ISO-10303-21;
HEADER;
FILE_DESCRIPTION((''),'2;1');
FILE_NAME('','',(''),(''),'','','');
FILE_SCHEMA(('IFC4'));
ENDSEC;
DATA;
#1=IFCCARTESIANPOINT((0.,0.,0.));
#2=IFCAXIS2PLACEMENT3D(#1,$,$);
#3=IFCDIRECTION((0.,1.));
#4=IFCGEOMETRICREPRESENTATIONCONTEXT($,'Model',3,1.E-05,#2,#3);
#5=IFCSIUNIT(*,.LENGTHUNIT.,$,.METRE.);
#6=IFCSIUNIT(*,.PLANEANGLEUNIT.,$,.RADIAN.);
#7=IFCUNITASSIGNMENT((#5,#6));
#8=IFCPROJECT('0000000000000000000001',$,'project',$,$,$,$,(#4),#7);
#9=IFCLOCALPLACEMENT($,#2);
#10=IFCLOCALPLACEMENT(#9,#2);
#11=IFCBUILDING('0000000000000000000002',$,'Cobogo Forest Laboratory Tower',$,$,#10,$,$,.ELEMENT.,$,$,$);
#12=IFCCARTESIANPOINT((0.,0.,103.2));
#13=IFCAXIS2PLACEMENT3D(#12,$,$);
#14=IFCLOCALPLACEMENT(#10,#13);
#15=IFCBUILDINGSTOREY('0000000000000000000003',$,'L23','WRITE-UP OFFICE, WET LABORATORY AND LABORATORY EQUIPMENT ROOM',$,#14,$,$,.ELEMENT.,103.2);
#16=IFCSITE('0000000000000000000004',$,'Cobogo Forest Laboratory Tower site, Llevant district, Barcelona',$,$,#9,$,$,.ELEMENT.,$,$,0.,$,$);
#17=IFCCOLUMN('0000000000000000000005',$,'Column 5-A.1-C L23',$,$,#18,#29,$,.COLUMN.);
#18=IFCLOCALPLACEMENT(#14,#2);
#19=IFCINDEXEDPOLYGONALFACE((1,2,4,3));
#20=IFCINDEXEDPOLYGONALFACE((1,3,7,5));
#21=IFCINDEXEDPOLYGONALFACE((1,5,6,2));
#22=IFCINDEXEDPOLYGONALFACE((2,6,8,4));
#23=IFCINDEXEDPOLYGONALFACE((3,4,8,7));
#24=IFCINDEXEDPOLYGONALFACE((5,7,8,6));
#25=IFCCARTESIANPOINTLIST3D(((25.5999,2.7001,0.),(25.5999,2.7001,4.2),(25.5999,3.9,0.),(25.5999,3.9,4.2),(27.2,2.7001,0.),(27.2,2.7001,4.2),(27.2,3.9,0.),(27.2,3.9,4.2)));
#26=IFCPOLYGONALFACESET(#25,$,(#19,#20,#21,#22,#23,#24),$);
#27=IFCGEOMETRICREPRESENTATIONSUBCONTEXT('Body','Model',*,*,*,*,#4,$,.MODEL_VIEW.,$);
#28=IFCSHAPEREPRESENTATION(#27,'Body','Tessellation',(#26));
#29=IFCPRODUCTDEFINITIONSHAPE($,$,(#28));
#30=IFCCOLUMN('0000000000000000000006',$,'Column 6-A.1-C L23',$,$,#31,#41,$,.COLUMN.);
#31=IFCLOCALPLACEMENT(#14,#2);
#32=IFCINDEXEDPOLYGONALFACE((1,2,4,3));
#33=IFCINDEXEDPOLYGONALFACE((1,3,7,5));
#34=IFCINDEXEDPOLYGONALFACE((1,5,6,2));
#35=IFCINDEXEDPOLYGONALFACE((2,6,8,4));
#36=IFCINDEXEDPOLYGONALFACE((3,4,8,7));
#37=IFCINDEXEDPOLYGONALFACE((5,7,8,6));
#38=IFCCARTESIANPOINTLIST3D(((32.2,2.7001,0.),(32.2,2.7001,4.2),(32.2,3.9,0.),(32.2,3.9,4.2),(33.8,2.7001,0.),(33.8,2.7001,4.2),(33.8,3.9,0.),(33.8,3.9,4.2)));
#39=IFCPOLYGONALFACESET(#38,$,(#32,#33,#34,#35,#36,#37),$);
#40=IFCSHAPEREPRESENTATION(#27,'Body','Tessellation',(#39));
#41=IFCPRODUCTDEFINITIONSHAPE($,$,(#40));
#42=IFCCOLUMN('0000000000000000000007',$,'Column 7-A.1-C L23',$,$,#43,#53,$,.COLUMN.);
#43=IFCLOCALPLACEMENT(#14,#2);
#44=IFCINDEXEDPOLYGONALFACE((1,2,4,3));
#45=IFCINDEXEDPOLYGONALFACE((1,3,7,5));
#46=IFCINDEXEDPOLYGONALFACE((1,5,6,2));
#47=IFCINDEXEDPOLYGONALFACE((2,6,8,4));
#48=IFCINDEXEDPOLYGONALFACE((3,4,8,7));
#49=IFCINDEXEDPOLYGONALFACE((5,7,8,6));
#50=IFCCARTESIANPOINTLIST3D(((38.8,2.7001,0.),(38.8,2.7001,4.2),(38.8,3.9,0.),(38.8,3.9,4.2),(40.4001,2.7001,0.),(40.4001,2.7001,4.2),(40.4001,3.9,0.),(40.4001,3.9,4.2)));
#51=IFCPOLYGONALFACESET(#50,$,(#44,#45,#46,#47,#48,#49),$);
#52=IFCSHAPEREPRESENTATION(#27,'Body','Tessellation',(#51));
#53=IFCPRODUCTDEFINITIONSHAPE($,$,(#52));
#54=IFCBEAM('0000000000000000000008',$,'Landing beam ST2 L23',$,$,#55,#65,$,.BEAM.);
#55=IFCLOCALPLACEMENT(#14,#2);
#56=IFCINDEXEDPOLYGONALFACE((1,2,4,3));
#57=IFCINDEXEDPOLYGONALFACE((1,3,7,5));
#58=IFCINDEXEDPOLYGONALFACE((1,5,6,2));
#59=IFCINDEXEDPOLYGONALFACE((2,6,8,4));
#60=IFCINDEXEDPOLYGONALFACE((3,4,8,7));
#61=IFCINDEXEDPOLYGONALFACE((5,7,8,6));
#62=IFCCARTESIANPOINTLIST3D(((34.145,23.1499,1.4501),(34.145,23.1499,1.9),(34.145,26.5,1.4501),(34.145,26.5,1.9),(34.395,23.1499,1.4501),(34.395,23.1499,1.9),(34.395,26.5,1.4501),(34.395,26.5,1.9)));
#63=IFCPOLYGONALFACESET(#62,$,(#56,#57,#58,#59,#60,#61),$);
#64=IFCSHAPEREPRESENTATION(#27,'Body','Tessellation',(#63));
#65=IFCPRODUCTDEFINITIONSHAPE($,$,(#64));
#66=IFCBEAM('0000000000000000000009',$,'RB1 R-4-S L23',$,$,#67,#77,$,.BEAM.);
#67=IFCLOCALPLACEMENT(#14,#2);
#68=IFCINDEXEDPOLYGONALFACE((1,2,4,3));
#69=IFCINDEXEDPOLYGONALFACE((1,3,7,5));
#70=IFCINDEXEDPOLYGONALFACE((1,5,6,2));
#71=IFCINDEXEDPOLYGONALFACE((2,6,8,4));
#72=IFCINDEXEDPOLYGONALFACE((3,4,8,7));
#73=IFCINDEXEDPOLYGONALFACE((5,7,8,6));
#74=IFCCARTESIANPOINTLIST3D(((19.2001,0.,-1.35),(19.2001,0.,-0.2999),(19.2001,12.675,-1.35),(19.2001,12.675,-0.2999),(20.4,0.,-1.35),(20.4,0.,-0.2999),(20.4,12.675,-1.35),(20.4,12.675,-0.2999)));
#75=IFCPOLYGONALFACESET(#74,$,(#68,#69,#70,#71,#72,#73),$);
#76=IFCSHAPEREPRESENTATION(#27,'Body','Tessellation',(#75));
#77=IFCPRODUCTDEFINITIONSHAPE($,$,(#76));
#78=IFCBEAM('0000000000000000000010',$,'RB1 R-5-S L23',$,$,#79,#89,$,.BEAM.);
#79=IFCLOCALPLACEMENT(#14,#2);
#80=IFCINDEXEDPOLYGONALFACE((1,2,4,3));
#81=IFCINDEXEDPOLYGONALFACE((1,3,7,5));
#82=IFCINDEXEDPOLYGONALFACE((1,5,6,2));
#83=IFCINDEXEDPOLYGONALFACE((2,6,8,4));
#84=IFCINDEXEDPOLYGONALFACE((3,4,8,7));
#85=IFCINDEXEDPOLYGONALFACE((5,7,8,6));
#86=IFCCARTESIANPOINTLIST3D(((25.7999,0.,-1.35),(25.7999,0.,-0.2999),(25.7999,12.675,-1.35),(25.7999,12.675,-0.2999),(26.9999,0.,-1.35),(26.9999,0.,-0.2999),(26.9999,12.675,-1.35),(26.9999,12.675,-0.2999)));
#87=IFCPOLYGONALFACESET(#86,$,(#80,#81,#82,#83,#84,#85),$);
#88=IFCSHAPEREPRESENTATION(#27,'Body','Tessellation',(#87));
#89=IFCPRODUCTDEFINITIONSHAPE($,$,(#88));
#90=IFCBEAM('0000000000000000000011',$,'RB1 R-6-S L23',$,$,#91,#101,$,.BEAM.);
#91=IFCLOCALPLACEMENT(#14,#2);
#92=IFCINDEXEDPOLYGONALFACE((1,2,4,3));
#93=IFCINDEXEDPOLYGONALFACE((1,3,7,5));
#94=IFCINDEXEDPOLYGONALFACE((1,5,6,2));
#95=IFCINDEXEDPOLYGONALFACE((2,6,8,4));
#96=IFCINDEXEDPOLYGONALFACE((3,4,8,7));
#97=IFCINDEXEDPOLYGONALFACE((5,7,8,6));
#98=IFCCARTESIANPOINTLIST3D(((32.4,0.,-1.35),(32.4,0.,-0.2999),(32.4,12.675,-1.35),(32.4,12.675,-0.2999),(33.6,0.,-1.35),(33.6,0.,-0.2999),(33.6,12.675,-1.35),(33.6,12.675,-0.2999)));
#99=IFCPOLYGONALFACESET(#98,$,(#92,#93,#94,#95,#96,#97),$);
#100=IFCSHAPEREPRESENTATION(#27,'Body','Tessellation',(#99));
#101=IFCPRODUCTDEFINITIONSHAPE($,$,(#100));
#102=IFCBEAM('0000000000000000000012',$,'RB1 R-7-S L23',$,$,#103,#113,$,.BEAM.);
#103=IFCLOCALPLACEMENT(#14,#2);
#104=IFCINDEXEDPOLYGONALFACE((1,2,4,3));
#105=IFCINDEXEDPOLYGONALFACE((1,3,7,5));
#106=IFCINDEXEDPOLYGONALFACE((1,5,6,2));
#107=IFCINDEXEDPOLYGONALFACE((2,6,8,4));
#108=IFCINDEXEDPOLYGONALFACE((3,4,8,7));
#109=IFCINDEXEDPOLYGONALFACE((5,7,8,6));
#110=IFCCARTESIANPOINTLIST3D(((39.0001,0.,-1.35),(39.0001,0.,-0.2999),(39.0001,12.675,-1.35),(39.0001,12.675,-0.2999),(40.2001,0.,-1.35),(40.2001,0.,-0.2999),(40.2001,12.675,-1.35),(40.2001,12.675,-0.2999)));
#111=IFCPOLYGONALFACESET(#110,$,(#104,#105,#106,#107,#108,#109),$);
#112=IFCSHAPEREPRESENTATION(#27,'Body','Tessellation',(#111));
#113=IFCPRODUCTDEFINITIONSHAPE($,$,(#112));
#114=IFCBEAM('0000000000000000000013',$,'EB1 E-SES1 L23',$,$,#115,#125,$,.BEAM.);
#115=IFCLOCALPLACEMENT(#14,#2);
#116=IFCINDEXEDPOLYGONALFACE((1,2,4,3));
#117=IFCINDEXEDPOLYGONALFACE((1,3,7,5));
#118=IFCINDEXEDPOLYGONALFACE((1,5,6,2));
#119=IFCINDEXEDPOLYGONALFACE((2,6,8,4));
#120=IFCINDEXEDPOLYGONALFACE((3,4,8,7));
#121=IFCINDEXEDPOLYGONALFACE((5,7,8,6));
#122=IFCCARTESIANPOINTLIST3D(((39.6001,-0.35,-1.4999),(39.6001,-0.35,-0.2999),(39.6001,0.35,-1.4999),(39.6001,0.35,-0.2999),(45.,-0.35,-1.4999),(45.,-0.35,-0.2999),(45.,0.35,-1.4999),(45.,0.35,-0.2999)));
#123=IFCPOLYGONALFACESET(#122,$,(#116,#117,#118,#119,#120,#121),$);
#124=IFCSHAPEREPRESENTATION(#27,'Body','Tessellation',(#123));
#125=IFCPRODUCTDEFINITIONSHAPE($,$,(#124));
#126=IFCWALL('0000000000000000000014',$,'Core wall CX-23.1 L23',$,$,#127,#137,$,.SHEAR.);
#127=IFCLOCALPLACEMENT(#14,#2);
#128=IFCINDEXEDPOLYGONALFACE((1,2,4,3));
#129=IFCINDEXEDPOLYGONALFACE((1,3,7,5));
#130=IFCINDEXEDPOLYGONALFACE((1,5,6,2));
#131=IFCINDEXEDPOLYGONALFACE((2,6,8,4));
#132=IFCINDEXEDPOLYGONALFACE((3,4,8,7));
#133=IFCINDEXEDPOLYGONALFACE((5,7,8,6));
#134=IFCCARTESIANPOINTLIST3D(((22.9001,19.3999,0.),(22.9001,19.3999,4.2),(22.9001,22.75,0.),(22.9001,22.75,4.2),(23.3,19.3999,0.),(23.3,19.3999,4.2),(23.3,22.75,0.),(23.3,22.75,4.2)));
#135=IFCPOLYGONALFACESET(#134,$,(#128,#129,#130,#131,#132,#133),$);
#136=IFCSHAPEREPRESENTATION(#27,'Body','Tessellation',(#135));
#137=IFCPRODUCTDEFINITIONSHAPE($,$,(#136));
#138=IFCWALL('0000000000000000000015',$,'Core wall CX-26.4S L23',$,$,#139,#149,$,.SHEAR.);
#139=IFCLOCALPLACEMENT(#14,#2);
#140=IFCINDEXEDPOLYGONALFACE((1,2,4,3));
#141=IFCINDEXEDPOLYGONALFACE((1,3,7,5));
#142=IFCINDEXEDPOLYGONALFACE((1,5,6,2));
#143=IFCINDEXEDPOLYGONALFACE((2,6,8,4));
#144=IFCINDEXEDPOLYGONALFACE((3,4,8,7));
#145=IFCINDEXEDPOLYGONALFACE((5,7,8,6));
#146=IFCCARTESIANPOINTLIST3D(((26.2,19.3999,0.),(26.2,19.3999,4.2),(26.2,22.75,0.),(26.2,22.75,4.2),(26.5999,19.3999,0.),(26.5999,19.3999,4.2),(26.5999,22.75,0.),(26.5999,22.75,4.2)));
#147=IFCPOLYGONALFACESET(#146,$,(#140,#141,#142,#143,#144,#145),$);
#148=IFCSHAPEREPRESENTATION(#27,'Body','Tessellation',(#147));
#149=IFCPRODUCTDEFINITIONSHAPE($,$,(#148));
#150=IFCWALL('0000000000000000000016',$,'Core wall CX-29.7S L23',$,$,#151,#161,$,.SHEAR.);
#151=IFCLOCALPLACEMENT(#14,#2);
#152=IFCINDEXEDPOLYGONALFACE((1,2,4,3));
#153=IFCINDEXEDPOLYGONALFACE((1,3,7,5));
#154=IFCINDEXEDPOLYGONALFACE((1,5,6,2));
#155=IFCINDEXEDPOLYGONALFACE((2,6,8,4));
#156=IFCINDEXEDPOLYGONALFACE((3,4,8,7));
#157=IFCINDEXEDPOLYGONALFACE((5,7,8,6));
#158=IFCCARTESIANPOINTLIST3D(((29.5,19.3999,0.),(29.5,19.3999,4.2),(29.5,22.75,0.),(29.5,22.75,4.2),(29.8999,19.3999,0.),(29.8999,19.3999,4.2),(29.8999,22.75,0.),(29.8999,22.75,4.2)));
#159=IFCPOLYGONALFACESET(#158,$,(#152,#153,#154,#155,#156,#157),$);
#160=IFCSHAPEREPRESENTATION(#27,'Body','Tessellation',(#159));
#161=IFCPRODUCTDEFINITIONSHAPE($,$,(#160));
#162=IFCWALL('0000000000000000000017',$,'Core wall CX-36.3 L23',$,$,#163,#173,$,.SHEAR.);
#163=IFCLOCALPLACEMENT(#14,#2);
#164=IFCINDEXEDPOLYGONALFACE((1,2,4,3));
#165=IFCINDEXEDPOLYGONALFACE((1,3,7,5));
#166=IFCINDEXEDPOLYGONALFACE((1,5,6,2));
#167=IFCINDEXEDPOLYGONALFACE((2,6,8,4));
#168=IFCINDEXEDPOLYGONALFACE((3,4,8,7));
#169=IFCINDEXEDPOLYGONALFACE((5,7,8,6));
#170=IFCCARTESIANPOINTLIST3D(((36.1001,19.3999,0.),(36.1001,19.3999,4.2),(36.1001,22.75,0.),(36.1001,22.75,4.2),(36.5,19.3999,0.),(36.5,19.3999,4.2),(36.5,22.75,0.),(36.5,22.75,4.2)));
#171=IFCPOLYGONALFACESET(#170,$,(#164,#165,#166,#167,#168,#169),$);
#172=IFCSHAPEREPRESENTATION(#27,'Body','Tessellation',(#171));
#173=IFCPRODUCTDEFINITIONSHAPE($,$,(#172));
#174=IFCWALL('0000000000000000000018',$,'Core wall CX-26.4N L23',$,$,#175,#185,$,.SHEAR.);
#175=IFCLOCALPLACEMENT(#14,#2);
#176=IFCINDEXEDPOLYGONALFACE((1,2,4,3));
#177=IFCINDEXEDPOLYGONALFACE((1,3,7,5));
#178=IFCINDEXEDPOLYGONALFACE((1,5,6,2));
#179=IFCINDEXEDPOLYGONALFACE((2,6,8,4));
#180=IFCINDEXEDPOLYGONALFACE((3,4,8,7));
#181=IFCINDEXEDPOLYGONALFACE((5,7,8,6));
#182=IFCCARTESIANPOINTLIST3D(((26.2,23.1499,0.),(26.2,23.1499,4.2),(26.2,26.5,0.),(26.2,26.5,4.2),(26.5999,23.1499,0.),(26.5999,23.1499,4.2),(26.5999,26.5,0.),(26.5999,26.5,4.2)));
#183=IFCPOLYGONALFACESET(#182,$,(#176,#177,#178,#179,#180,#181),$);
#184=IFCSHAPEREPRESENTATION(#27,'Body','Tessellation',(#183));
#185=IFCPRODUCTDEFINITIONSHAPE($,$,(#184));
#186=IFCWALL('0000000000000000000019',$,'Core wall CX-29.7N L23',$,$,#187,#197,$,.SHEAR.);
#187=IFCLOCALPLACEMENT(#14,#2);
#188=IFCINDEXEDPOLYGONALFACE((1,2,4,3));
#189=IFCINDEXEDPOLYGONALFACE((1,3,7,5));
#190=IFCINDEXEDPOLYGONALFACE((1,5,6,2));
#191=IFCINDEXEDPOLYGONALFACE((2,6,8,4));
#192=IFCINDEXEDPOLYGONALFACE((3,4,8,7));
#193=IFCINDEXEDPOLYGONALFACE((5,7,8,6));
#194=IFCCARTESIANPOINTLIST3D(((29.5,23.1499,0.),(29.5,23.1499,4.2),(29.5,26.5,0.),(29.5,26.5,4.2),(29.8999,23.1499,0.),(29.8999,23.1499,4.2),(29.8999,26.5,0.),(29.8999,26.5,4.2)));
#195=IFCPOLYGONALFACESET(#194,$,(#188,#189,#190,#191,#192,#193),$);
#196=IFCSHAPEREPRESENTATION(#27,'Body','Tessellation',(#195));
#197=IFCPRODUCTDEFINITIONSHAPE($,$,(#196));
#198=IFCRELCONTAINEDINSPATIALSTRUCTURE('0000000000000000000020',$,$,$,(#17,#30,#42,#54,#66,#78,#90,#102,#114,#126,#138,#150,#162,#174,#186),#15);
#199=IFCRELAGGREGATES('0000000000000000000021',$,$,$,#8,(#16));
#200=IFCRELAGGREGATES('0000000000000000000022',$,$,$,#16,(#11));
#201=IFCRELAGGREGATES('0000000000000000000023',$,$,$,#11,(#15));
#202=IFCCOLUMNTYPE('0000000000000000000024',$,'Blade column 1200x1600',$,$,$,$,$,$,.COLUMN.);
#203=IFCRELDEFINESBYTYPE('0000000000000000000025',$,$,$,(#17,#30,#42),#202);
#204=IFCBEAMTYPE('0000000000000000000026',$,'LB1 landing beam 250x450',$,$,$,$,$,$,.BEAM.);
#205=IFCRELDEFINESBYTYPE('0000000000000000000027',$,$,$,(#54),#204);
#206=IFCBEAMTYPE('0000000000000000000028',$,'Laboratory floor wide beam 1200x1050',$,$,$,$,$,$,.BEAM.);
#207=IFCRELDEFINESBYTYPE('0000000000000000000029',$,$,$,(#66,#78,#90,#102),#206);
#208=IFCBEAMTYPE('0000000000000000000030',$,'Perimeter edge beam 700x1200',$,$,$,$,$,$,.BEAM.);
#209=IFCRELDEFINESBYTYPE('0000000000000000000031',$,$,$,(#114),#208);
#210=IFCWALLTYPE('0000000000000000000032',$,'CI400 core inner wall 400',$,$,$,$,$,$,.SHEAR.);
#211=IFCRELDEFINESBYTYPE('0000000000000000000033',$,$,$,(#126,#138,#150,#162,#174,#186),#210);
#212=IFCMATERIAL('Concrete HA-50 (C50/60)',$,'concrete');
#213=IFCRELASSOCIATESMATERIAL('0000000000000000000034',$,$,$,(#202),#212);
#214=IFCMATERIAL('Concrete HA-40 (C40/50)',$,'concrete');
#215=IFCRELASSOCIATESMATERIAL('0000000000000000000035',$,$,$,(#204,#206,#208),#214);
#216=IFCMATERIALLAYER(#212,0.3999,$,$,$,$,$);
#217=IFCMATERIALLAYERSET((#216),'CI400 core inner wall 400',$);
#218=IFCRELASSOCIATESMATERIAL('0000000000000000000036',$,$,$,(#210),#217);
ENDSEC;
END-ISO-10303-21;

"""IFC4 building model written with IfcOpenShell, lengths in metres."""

from ifc_helpers import new_model, si_unit, direction, frame, frame_2d, origin, origin_2d, place, context, subcontext, project, spatial, rectangle, extrude, material, layer, layer_set, material_profile, profile_set, type_object, element, save


model = new_model("IFC4")

# Units and contexts
model_context = context("Model", 3, precision=1e-05, world=origin(), true_north=direction((0.0, 1.0)))
body_context = subcontext(model_context, "Body", "Model", "MODEL_VIEW")
ifc_project = project(units=[si_unit("LENGTHUNIT", "METRE"), si_unit("PLANEANGLEUNIT", "RADIAN")], contexts=[model_context])

# Site, building, storey
site_placement = place(None, origin())
site = spatial("IfcSite", under=ifc_project, at=site_placement, Name="Cobogo Forest Laboratory Tower site, Llevant district, Barcelona", CompositionType="ELEMENT", RefElevation=0.0)
building_placement = place(site_placement, origin())
building = spatial("IfcBuilding", under=site, at=building_placement, Name="Cobogo Forest Laboratory Tower", CompositionType="ELEMENT")
storey_placement = place(building_placement, frame((0.0, 0.0, 103.2)))
storey = spatial("IfcBuildingStorey", under=building, at=storey_placement, Name="L23", Description="WRITE-UP OFFICE, WET LABORATORY AND LABORATORY EQUIPMENT ROOM", CompositionType="ELEMENT", Elevation=103.2)

# Columns
ifc_material_1 = material(Name="Concrete HA-50 (C50/60)", Category="concrete")
ifc_material_profile_1 = material_profile(ifc_material_1, rectangle(XDim=1.6001, YDim=1.2, at=origin_2d()), Name="RC 1200x1600")
ifc_profile_set_1 = profile_set([ifc_material_profile_1], Name="Concrete HA-50 (C50/60)")
column_type = type_object("IfcColumnType", Name="Blade column 1200x1600", PredefinedType="COLUMN", material=ifc_profile_set_1)
for number, where, z_axis, x_axis, name in (
    (1, (26.3999, 3.3, 0.0), (0.0, 0.0, 1.0), (1.0, 0.0, 0.0), "Column 5-A.1-C L23"),
    (2, (33.0, 3.3, 0.0), (0.0, 0.0, 1.0), (1.0, 0.0, 0.0), "Column 6-A.1-C L23"),
    (3, (39.6001, 3.3, 0.0), (0.0, 0.0, 1.0), (1.0, 0.0, 0.0), "Column 7-A.1-C L23"),
):
    element("IfcColumn", number, at=place(storey_placement, frame(where, z_axis=z_axis, x_axis=x_axis)), inside=storey, type_object=column_type, Name=name, PredefinedType="COLUMN", context=body_context, shape_type="SweptSolid", body=[
        extrude(rectangle(XDim=1.6001, YDim=1.2, at=origin_2d()), origin(), (0.0, 0.0, 1.0), 4.2),
    ])

# Beams
ifc_material_2 = material(Name="Concrete HA-40 (C40/50)", Category="concrete")
ifc_material_profile_2 = material_profile(ifc_material_2, rectangle(XDim=0.25, YDim=0.45, at=origin_2d()), Name="RC 250x450")
ifc_profile_set_2 = profile_set([ifc_material_profile_2], Name="Concrete HA-40 (C40/50)")
beam_type_1 = type_object("IfcBeamType", Name="LB1 landing beam 250x450", PredefinedType="BEAM", material=ifc_profile_set_2)
beam_1_placement = place(storey_placement, frame((34.27, 23.1499, 1.675), z_axis=(0.0, 1.0, 0.0), x_axis=(-1.0, 0.0, 0.0)))
element("IfcBeam", 4, at=beam_1_placement, inside=storey, type_object=beam_type_1, Name="Landing beam ST2 L23", PredefinedType="BEAM", context=body_context, shape_type="SweptSolid", body=[
    extrude(rectangle(XDim=0.25, YDim=0.45, at=origin_2d()), origin(), (0.0, 0.0, 1.0), 3.3501),
])
ifc_material_profile_3 = material_profile(ifc_material_2, rectangle(XDim=1.2, YDim=1.05, at=origin_2d()), Name="RC 1200x1050")
ifc_profile_set_3 = profile_set([ifc_material_profile_3], Name="Concrete HA-40 (C40/50)")
beam_type_2 = type_object("IfcBeamType", Name="Laboratory floor wide beam 1200x1050", PredefinedType="BEAM", material=ifc_profile_set_3)
for number, where, z_axis, x_axis, name in (
    (5, (19.8, 12.675, -0.825), (0.0, -1.0, 0.0), (1.0, 0.0, 0.0), "RB1 R-4-S L23"),
    (6, (26.3999, 12.675, -0.825), (0.0, -1.0, 0.0), (1.0, 0.0, 0.0), "RB1 R-5-S L23"),
    (7, (33.0, 12.675, -0.825), (0.0, -1.0, 0.0), (1.0, 0.0, 0.0), "RB1 R-6-S L23"),
    (8, (39.6001, 12.675, -0.825), (0.0, -1.0, 0.0), (1.0, 0.0, 0.0), "RB1 R-7-S L23"),
):
    element("IfcBeam", number, at=place(storey_placement, frame(where, z_axis=z_axis, x_axis=x_axis)), inside=storey, type_object=beam_type_2, Name=name, PredefinedType="BEAM", context=body_context, shape_type="SweptSolid", body=[
        extrude(rectangle(XDim=1.2, YDim=1.05, at=origin_2d()), origin(), (0.0, 0.0, 1.0), 12.675),
    ])
ifc_material_profile_4 = material_profile(ifc_material_2, rectangle(XDim=0.7, YDim=1.2, at=origin_2d()), Name="RC 700x1200")
ifc_profile_set_4 = profile_set([ifc_material_profile_4], Name="Concrete HA-40 (C40/50)")
beam_type_3 = type_object("IfcBeamType", Name="Perimeter edge beam 700x1200", PredefinedType="BEAM", material=ifc_profile_set_4)
beam_2_placement = place(storey_placement, frame((39.6001, 0.0, -0.8999), z_axis=(1.0, 0.0, 0.0), x_axis=(0.0, 1.0, 0.0)))
element("IfcBeam", 9, at=beam_2_placement, inside=storey, type_object=beam_type_3, Name="EB1 E-SES1 L23", PredefinedType="BEAM", context=body_context, shape_type="SweptSolid", body=[
    extrude(rectangle(XDim=0.7, YDim=1.2, at=origin_2d()), origin(), (0.0, 0.0, 1.0), 5.3999),
])

# Walls
ifc_layer_1 = layer(ifc_material_1, 0.3999)
ifc_layer_set_1 = layer_set([ifc_layer_1], Name="CI400 core inner wall 400")
wall_type_1 = type_object("IfcWallType", Name="CI400 core inner wall 400", PredefinedType="SHEAR", material=ifc_layer_set_1)
for number, where, z_axis, x_axis, name in (
    (10, (23.1001, 19.3999, 0.0), (0.0, 0.0, 1.0), (0.0, 1.0, 0.0), "Core wall CX-23.1 L23"),
    (11, (26.3999, 19.3999, 0.0), (0.0, 0.0, 1.0), (0.0, 1.0, 0.0), "Core wall CX-26.4S L23"),
    (12, (29.7, 19.3999, 0.0), (0.0, 0.0, 1.0), (0.0, 1.0, 0.0), "Core wall CX-29.7S L23"),
    (13, (36.3, 19.3999, 0.0), (0.0, 0.0, 1.0), (0.0, 1.0, 0.0), "Core wall CX-36.3 L23"),
    (14, (26.3999, 23.1499, 0.0), (0.0, 0.0, 1.0), (0.0, 1.0, 0.0), "Core wall CX-26.4N L23"),
    (15, (29.7, 23.1499, 0.0), (0.0, 0.0, 1.0), (0.0, 1.0, 0.0), "Core wall CX-29.7N L23"),
):
    element("IfcWall", number, at=place(storey_placement, frame(where, z_axis=z_axis, x_axis=x_axis)), inside=storey, type_object=wall_type_1, Name=name, PredefinedType="SHEAR", context=body_context, shape_type="SweptSolid", body=[
        extrude(rectangle(XDim=3.3501, YDim=0.3999, at=frame_2d((1.675, 0.0))), origin(), (0.0, 0.0, 1.0), 4.2),
    ])

save(model, "model.ifc")
